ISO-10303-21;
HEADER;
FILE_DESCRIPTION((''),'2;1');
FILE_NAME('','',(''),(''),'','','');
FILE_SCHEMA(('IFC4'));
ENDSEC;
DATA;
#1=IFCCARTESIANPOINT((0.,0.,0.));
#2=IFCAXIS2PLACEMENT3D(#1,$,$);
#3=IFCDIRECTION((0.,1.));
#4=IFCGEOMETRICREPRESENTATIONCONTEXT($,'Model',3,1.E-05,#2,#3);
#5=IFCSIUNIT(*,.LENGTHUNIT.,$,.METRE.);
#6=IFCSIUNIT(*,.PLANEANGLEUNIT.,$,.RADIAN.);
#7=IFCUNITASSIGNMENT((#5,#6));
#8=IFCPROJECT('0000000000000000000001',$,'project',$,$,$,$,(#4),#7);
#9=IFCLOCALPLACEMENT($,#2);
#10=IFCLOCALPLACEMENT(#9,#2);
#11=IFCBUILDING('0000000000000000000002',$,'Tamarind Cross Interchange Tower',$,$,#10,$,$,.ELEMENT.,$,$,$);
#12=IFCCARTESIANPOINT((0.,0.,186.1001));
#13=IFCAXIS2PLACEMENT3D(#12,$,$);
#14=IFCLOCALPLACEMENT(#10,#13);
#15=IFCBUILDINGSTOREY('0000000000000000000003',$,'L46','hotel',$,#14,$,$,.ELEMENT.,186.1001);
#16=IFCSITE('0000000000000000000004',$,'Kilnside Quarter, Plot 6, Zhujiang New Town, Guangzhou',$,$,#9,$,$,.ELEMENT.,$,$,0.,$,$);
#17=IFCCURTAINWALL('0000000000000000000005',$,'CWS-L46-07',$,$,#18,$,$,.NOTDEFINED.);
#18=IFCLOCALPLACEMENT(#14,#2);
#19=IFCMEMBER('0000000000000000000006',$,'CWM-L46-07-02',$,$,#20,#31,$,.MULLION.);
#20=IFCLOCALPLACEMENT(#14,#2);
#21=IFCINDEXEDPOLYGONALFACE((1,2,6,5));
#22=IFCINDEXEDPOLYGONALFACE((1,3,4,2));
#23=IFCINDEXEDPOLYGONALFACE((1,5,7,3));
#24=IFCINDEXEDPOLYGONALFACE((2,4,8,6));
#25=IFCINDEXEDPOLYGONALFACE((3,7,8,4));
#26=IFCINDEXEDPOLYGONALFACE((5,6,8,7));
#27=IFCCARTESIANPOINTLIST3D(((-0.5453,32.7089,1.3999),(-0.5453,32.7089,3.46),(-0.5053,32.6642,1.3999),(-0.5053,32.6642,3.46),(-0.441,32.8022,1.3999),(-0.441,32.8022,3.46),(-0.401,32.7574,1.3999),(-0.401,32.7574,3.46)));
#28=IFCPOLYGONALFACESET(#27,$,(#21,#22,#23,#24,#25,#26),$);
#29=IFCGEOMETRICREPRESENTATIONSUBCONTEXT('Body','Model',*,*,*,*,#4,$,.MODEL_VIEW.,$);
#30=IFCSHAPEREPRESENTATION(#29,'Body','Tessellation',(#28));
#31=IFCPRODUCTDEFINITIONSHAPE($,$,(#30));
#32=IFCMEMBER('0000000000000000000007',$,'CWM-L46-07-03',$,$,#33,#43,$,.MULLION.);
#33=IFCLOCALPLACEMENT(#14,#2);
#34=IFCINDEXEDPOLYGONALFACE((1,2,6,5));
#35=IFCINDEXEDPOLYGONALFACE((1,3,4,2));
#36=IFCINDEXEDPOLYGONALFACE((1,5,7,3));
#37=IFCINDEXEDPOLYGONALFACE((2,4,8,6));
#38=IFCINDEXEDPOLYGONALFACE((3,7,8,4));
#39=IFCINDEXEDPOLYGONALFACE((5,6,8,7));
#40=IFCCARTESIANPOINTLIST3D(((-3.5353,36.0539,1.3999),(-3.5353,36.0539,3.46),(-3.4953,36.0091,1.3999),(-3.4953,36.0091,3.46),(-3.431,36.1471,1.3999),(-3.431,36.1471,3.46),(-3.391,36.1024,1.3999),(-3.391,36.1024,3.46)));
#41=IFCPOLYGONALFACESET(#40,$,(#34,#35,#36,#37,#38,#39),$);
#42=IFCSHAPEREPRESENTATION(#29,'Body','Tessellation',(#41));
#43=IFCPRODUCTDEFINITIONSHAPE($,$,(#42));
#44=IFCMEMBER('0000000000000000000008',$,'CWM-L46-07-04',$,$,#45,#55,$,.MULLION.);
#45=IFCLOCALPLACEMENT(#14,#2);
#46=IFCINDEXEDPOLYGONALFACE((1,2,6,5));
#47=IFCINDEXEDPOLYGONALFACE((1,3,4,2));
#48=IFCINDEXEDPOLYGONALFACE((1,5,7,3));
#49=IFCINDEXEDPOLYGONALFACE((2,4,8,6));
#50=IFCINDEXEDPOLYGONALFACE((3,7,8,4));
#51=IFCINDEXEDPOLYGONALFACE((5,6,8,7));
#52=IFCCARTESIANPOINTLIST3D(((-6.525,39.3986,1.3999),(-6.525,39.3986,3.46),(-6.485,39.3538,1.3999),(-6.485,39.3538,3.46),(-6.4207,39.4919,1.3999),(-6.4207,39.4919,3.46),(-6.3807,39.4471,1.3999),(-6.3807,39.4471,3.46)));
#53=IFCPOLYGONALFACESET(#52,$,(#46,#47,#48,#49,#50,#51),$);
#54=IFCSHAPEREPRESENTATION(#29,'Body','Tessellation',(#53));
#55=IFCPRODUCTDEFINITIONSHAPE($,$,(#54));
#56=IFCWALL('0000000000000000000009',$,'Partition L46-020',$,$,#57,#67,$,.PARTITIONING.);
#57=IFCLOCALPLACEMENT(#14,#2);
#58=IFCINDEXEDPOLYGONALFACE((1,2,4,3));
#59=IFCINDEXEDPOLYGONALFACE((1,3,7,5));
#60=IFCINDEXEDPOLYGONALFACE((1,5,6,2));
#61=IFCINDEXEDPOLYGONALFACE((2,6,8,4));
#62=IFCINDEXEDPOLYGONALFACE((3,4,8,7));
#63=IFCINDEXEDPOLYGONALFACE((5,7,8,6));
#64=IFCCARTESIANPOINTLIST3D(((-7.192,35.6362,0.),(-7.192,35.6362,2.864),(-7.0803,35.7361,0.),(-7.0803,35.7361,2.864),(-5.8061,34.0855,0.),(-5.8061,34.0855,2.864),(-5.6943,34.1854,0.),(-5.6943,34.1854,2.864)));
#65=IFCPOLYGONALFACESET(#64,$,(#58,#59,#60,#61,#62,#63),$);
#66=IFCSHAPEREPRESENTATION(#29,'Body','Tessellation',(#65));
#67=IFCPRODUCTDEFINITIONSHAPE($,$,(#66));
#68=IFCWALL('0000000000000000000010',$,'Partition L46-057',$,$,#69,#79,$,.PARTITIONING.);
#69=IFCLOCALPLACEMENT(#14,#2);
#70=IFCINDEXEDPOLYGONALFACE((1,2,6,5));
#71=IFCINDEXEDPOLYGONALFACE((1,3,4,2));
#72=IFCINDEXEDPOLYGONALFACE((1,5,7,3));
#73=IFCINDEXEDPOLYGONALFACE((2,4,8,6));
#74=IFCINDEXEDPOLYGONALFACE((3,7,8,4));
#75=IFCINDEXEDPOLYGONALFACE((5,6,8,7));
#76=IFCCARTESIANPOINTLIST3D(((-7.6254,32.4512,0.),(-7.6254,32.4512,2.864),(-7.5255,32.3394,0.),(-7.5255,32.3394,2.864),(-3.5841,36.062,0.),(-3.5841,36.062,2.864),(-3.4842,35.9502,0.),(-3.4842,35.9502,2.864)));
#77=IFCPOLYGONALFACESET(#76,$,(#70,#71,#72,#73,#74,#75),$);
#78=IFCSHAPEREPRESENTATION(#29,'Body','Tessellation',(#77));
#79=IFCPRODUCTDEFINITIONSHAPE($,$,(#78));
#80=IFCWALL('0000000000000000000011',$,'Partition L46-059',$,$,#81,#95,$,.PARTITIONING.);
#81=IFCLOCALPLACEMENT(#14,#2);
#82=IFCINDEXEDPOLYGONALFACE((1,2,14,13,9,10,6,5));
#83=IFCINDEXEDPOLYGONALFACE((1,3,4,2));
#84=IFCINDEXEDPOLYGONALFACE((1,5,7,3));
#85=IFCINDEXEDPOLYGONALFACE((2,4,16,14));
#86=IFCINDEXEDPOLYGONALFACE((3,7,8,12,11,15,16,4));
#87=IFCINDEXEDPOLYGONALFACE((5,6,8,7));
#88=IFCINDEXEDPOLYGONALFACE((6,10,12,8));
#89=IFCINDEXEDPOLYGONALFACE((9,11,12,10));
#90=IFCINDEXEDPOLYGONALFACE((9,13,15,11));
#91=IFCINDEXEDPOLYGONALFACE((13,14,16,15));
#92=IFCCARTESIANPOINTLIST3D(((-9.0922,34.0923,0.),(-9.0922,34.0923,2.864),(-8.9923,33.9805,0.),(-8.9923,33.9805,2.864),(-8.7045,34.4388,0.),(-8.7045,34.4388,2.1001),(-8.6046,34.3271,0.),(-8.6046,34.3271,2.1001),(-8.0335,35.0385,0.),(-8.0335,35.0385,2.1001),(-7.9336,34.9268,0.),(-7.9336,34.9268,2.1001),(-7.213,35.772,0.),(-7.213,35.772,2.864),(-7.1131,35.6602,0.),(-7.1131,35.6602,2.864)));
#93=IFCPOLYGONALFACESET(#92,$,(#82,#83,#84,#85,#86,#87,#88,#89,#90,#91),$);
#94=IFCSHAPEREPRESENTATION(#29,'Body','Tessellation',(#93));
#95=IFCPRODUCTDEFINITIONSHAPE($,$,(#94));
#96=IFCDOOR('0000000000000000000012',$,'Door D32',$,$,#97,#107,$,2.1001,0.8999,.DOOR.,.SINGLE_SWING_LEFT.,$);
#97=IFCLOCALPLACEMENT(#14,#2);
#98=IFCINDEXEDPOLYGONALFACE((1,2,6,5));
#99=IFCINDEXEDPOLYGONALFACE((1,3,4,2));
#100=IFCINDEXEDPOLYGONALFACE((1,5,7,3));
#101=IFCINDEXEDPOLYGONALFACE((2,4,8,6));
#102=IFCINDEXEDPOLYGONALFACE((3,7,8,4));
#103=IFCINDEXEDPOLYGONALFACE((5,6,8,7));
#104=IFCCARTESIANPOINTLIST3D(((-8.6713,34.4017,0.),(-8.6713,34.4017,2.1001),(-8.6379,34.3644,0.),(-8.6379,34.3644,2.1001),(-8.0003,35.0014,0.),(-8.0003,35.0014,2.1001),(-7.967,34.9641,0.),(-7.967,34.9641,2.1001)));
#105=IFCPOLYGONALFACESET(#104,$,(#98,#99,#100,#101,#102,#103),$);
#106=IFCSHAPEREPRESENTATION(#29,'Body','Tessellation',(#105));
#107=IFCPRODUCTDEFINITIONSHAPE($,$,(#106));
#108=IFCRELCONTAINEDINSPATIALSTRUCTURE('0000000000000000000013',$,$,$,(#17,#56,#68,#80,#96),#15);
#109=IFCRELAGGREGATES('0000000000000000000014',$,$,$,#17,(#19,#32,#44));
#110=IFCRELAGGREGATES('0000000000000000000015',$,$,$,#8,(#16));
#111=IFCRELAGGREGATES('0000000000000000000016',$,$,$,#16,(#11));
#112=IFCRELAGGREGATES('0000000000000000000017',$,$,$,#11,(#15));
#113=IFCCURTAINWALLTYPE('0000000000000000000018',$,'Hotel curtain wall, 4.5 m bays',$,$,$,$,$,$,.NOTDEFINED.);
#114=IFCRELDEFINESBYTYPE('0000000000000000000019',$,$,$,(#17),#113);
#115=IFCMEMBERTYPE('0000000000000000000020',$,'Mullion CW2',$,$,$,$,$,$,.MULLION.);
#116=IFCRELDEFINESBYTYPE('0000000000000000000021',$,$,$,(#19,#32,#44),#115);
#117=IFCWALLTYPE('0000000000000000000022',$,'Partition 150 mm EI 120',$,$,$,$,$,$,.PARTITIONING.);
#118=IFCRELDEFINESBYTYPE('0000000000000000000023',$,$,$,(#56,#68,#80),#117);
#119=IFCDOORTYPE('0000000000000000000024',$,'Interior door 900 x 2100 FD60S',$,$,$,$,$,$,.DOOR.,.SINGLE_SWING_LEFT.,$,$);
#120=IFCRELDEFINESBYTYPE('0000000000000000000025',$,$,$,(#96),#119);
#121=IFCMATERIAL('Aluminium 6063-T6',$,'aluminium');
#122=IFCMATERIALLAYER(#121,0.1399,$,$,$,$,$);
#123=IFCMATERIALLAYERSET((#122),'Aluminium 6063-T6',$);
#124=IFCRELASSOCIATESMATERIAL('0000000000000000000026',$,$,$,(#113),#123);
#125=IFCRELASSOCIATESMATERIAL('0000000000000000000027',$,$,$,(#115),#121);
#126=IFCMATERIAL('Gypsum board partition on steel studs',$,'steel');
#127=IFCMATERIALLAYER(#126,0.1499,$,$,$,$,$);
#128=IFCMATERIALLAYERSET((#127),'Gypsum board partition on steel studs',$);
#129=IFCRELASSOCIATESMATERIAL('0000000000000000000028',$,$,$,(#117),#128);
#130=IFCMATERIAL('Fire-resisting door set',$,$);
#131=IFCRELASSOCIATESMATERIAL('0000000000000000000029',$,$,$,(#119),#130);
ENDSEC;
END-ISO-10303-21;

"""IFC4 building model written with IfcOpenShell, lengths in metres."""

from ifc_helpers import new_model, si_unit, direction, frame, frame_2d, origin, origin_2d, place, context, subcontext, project, spatial, rectangle, extrude, material, layer, layer_set, material_profile, profile_set, type_object, element, fill, aggregate, save


model = new_model("IFC4")

# Units and contexts
model_context = context("Model", 3, precision=1e-05, world=origin(), true_north=direction((0.0, 1.0)))
body_context = subcontext(model_context, "Body", "Model", "MODEL_VIEW")
ifc_project = project(units=[si_unit("LENGTHUNIT", "METRE"), si_unit("PLANEANGLEUNIT", "RADIAN")], contexts=[model_context])

# Site, building, storey
site_placement = place(None, origin())
site = spatial("IfcSite", under=ifc_project, at=site_placement, Name="Kilnside Quarter, Plot 6, Zhujiang New Town, Guangzhou", CompositionType="ELEMENT", RefElevation=0.0)
building_placement = place(site_placement, origin())
building = spatial("IfcBuilding", under=site, at=building_placement, Name="Tamarind Cross Interchange Tower", CompositionType="ELEMENT")
storey_placement = place(building_placement, frame((0.0, 0.0, 186.1001)))
storey = spatial("IfcBuildingStorey", under=building, at=storey_placement, Name="L46", Description="hotel", CompositionType="ELEMENT", Elevation=186.1001)

# Curtain wall, members
ifc_material_1 = material(Name="Aluminium 6063-T6", Category="aluminium")
ifc_layer_1 = layer(ifc_material_1, 0.1399)
ifc_layer_set_1 = layer_set([ifc_layer_1], Name="Aluminium 6063-T6")
curtain_wall_type = type_object("IfcCurtainWallType", Name="Hotel curtain wall, 4.5 m bays", PredefinedType="NOTDEFINED", material=ifc_layer_set_1)
curtain_wall_placement = place(storey_placement, origin())
curtain_wall = element("IfcCurtainWall", 1, at=curtain_wall_placement, inside=storey, type_object=curtain_wall_type, Name="CWS-L46-07", PredefinedType="NOTDEFINED")
ifc_material_profile_1 = material_profile(ifc_material_1, rectangle(XDim=0.0601, YDim=0.1399, at=origin_2d()), Name="Mullion CW2")
ifc_profile_set_1 = profile_set([ifc_material_profile_1], Name="Aluminium 6063-T6")
member_type = type_object("IfcMemberType", Name="Mullion CW2", PredefinedType="MULLION", material=ifc_profile_set_1)
member_1_placement = place(storey_placement, frame((-0.4731, 32.7332, 1.3999), z_axis=(0.0, 0.0, 1.0), x_axis=(-0.666428, 0.745569, 0.0)))
member_1 = element("IfcMember", 2, at=member_1_placement, type_object=member_type, Name="CWM-L46-07-02", PredefinedType="MULLION", context=body_context, shape_type="SweptSolid", body=[
    extrude(rectangle(XDim=0.0601, YDim=0.1399, at=origin_2d()), origin(), (0.0, 0.0, 1.0), 2.0601),
])
member_2_placement = place(storey_placement, frame((-3.4631, 36.0781, 1.3999), z_axis=(0.0, 0.0, 1.0), x_axis=(-0.666428, 0.745569, 0.0)))
member_2 = element("IfcMember", 3, at=member_2_placement, type_object=member_type, Name="CWM-L46-07-03", PredefinedType="MULLION", context=body_context, shape_type="SweptSolid", body=[
    extrude(rectangle(XDim=0.0601, YDim=0.1399, at=origin_2d()), origin(), (0.0, 0.0, 1.0), 2.0601),
])
member_3_placement = place(storey_placement, frame((-6.4529, 39.4229, 1.3999), z_axis=(0.0, 0.0, 1.0), x_axis=(-0.666428, 0.745569, 0.0)))
member_3 = element("IfcMember", 4, at=member_3_placement, type_object=member_type, Name="CWM-L46-07-04", PredefinedType="MULLION", context=body_context, shape_type="SweptSolid", body=[
    extrude(rectangle(XDim=0.0601, YDim=0.1399, at=origin_2d()), origin(), (0.0, 0.0, 1.0), 2.0601),
])
aggregate(curtain_wall, [member_1, member_2, member_3])

# Walls
ifc_material_2 = material(Name="Gypsum board partition on steel studs", Category="steel")
ifc_layer_2 = layer(ifc_material_2, 0.1499)
ifc_layer_set_2 = layer_set([ifc_layer_2], Name="Gypsum board partition on steel studs")
wall_type = type_object("IfcWallType", Name="Partition 150 mm EI 120", PredefinedType="PARTITIONING", material=ifc_layer_set_2)
wall_1_placement = place(storey_placement, frame((-7.1362, 35.6863, 0.0), z_axis=(0.0, 0.0, 1.0), x_axis=(0.66638, -0.745613, 0.0)))
element("IfcWall", 5, at=wall_1_placement, inside=storey, type_object=wall_type, Name="Partition L46-020", PredefinedType="PARTITIONING", context=body_context, shape_type="SweptSolid", body=[
    extrude(rectangle(XDim=2.0798, YDim=0.1499, at=frame_2d((1.04, 0.0))), origin(), (0.0, 0.0, 1.0), 2.864),
])
wall_2_placement = place(storey_placement, frame((-7.5754, 32.3953, 0.0), z_axis=(0.0, 0.0, 1.0), x_axis=(0.745702, 0.66628, 0.0)))
element("IfcWall", 6, at=wall_2_placement, inside=storey, type_object=wall_type, Name="Partition L46-057", PredefinedType="PARTITIONING", context=body_context, shape_type="SweptSolid", body=[
    extrude(rectangle(XDim=5.4194, YDim=0.1499, at=frame_2d((2.7097, 0.0))), origin(), (0.0, 0.0, 1.0), 2.864),
])

# Wall, opening, door
wall_3_placement = place(storey_placement, frame((-9.0422, 34.0364, 0.0), z_axis=(0.0, 0.0, 1.0), x_axis=(0.745568, 0.66643, 0.0)))
wall_3 = element("IfcWall", 7, at=wall_3_placement, inside=storey, type_object=wall_type, Name="Partition L46-059", PredefinedType="PARTITIONING", context=body_context, shape_type="SweptSolid", body=[
    extrude(rectangle(XDim=2.5205, YDim=0.1499, at=frame_2d((1.2603, 0.0))), origin(), (0.0, 0.0, 1.0), 2.864),
])
opening_placement = place(wall_3_placement, frame((0.52, 0.0, 0.0)))
opening = element("IfcOpeningElement", 8, at=opening_placement, cuts=wall_3, PredefinedType="OPENING", context=body_context, shape_type="SweptSolid", body=[
    extrude(rectangle(XDim=0.8999, YDim=2.1001, at=frame_2d((0.45, 1.05))), frame((0.0, 0.085, 0.0), z_axis=(0.0, -1.0, 0.0), x_axis=(1.0, 0.0, 0.0)), (0.0, 0.0, 1.0), 0.1699),
])
ifc_material_3 = material(Name="Fire-resisting door set")
door_type = type_object("IfcDoorType", Name="Interior door 900 x 2100 FD60S", OperationType="SINGLE_SWING_LEFT", PredefinedType="DOOR", material=ifc_material_3)
door_placement = place(opening_placement, frame((0.8999, 0.0, 0.0), z_axis=(0.0, 0.0, 1.0), x_axis=(-1.0, 0.0, 0.0)))
door = element("IfcDoor", 9, at=door_placement, inside=storey, type_object=door_type, Name="Door D32", OperationType="SINGLE_SWING_LEFT", OverallHeight=2.1001, OverallWidth=0.8999, PredefinedType="DOOR", context=body_context, shape_type="SweptSolid", body=[
    extrude(rectangle(XDim=0.8999, YDim=2.1001, at=frame_2d((0.45, 1.05))), frame((0.0, 0.0249, 0.0), z_axis=(0.0, -1.0, 0.0), x_axis=(1.0, 0.0, 0.0)), (0.0, 0.0, 1.0), 0.05),
])
fill(opening, door)

save(model, "model.ifc")
